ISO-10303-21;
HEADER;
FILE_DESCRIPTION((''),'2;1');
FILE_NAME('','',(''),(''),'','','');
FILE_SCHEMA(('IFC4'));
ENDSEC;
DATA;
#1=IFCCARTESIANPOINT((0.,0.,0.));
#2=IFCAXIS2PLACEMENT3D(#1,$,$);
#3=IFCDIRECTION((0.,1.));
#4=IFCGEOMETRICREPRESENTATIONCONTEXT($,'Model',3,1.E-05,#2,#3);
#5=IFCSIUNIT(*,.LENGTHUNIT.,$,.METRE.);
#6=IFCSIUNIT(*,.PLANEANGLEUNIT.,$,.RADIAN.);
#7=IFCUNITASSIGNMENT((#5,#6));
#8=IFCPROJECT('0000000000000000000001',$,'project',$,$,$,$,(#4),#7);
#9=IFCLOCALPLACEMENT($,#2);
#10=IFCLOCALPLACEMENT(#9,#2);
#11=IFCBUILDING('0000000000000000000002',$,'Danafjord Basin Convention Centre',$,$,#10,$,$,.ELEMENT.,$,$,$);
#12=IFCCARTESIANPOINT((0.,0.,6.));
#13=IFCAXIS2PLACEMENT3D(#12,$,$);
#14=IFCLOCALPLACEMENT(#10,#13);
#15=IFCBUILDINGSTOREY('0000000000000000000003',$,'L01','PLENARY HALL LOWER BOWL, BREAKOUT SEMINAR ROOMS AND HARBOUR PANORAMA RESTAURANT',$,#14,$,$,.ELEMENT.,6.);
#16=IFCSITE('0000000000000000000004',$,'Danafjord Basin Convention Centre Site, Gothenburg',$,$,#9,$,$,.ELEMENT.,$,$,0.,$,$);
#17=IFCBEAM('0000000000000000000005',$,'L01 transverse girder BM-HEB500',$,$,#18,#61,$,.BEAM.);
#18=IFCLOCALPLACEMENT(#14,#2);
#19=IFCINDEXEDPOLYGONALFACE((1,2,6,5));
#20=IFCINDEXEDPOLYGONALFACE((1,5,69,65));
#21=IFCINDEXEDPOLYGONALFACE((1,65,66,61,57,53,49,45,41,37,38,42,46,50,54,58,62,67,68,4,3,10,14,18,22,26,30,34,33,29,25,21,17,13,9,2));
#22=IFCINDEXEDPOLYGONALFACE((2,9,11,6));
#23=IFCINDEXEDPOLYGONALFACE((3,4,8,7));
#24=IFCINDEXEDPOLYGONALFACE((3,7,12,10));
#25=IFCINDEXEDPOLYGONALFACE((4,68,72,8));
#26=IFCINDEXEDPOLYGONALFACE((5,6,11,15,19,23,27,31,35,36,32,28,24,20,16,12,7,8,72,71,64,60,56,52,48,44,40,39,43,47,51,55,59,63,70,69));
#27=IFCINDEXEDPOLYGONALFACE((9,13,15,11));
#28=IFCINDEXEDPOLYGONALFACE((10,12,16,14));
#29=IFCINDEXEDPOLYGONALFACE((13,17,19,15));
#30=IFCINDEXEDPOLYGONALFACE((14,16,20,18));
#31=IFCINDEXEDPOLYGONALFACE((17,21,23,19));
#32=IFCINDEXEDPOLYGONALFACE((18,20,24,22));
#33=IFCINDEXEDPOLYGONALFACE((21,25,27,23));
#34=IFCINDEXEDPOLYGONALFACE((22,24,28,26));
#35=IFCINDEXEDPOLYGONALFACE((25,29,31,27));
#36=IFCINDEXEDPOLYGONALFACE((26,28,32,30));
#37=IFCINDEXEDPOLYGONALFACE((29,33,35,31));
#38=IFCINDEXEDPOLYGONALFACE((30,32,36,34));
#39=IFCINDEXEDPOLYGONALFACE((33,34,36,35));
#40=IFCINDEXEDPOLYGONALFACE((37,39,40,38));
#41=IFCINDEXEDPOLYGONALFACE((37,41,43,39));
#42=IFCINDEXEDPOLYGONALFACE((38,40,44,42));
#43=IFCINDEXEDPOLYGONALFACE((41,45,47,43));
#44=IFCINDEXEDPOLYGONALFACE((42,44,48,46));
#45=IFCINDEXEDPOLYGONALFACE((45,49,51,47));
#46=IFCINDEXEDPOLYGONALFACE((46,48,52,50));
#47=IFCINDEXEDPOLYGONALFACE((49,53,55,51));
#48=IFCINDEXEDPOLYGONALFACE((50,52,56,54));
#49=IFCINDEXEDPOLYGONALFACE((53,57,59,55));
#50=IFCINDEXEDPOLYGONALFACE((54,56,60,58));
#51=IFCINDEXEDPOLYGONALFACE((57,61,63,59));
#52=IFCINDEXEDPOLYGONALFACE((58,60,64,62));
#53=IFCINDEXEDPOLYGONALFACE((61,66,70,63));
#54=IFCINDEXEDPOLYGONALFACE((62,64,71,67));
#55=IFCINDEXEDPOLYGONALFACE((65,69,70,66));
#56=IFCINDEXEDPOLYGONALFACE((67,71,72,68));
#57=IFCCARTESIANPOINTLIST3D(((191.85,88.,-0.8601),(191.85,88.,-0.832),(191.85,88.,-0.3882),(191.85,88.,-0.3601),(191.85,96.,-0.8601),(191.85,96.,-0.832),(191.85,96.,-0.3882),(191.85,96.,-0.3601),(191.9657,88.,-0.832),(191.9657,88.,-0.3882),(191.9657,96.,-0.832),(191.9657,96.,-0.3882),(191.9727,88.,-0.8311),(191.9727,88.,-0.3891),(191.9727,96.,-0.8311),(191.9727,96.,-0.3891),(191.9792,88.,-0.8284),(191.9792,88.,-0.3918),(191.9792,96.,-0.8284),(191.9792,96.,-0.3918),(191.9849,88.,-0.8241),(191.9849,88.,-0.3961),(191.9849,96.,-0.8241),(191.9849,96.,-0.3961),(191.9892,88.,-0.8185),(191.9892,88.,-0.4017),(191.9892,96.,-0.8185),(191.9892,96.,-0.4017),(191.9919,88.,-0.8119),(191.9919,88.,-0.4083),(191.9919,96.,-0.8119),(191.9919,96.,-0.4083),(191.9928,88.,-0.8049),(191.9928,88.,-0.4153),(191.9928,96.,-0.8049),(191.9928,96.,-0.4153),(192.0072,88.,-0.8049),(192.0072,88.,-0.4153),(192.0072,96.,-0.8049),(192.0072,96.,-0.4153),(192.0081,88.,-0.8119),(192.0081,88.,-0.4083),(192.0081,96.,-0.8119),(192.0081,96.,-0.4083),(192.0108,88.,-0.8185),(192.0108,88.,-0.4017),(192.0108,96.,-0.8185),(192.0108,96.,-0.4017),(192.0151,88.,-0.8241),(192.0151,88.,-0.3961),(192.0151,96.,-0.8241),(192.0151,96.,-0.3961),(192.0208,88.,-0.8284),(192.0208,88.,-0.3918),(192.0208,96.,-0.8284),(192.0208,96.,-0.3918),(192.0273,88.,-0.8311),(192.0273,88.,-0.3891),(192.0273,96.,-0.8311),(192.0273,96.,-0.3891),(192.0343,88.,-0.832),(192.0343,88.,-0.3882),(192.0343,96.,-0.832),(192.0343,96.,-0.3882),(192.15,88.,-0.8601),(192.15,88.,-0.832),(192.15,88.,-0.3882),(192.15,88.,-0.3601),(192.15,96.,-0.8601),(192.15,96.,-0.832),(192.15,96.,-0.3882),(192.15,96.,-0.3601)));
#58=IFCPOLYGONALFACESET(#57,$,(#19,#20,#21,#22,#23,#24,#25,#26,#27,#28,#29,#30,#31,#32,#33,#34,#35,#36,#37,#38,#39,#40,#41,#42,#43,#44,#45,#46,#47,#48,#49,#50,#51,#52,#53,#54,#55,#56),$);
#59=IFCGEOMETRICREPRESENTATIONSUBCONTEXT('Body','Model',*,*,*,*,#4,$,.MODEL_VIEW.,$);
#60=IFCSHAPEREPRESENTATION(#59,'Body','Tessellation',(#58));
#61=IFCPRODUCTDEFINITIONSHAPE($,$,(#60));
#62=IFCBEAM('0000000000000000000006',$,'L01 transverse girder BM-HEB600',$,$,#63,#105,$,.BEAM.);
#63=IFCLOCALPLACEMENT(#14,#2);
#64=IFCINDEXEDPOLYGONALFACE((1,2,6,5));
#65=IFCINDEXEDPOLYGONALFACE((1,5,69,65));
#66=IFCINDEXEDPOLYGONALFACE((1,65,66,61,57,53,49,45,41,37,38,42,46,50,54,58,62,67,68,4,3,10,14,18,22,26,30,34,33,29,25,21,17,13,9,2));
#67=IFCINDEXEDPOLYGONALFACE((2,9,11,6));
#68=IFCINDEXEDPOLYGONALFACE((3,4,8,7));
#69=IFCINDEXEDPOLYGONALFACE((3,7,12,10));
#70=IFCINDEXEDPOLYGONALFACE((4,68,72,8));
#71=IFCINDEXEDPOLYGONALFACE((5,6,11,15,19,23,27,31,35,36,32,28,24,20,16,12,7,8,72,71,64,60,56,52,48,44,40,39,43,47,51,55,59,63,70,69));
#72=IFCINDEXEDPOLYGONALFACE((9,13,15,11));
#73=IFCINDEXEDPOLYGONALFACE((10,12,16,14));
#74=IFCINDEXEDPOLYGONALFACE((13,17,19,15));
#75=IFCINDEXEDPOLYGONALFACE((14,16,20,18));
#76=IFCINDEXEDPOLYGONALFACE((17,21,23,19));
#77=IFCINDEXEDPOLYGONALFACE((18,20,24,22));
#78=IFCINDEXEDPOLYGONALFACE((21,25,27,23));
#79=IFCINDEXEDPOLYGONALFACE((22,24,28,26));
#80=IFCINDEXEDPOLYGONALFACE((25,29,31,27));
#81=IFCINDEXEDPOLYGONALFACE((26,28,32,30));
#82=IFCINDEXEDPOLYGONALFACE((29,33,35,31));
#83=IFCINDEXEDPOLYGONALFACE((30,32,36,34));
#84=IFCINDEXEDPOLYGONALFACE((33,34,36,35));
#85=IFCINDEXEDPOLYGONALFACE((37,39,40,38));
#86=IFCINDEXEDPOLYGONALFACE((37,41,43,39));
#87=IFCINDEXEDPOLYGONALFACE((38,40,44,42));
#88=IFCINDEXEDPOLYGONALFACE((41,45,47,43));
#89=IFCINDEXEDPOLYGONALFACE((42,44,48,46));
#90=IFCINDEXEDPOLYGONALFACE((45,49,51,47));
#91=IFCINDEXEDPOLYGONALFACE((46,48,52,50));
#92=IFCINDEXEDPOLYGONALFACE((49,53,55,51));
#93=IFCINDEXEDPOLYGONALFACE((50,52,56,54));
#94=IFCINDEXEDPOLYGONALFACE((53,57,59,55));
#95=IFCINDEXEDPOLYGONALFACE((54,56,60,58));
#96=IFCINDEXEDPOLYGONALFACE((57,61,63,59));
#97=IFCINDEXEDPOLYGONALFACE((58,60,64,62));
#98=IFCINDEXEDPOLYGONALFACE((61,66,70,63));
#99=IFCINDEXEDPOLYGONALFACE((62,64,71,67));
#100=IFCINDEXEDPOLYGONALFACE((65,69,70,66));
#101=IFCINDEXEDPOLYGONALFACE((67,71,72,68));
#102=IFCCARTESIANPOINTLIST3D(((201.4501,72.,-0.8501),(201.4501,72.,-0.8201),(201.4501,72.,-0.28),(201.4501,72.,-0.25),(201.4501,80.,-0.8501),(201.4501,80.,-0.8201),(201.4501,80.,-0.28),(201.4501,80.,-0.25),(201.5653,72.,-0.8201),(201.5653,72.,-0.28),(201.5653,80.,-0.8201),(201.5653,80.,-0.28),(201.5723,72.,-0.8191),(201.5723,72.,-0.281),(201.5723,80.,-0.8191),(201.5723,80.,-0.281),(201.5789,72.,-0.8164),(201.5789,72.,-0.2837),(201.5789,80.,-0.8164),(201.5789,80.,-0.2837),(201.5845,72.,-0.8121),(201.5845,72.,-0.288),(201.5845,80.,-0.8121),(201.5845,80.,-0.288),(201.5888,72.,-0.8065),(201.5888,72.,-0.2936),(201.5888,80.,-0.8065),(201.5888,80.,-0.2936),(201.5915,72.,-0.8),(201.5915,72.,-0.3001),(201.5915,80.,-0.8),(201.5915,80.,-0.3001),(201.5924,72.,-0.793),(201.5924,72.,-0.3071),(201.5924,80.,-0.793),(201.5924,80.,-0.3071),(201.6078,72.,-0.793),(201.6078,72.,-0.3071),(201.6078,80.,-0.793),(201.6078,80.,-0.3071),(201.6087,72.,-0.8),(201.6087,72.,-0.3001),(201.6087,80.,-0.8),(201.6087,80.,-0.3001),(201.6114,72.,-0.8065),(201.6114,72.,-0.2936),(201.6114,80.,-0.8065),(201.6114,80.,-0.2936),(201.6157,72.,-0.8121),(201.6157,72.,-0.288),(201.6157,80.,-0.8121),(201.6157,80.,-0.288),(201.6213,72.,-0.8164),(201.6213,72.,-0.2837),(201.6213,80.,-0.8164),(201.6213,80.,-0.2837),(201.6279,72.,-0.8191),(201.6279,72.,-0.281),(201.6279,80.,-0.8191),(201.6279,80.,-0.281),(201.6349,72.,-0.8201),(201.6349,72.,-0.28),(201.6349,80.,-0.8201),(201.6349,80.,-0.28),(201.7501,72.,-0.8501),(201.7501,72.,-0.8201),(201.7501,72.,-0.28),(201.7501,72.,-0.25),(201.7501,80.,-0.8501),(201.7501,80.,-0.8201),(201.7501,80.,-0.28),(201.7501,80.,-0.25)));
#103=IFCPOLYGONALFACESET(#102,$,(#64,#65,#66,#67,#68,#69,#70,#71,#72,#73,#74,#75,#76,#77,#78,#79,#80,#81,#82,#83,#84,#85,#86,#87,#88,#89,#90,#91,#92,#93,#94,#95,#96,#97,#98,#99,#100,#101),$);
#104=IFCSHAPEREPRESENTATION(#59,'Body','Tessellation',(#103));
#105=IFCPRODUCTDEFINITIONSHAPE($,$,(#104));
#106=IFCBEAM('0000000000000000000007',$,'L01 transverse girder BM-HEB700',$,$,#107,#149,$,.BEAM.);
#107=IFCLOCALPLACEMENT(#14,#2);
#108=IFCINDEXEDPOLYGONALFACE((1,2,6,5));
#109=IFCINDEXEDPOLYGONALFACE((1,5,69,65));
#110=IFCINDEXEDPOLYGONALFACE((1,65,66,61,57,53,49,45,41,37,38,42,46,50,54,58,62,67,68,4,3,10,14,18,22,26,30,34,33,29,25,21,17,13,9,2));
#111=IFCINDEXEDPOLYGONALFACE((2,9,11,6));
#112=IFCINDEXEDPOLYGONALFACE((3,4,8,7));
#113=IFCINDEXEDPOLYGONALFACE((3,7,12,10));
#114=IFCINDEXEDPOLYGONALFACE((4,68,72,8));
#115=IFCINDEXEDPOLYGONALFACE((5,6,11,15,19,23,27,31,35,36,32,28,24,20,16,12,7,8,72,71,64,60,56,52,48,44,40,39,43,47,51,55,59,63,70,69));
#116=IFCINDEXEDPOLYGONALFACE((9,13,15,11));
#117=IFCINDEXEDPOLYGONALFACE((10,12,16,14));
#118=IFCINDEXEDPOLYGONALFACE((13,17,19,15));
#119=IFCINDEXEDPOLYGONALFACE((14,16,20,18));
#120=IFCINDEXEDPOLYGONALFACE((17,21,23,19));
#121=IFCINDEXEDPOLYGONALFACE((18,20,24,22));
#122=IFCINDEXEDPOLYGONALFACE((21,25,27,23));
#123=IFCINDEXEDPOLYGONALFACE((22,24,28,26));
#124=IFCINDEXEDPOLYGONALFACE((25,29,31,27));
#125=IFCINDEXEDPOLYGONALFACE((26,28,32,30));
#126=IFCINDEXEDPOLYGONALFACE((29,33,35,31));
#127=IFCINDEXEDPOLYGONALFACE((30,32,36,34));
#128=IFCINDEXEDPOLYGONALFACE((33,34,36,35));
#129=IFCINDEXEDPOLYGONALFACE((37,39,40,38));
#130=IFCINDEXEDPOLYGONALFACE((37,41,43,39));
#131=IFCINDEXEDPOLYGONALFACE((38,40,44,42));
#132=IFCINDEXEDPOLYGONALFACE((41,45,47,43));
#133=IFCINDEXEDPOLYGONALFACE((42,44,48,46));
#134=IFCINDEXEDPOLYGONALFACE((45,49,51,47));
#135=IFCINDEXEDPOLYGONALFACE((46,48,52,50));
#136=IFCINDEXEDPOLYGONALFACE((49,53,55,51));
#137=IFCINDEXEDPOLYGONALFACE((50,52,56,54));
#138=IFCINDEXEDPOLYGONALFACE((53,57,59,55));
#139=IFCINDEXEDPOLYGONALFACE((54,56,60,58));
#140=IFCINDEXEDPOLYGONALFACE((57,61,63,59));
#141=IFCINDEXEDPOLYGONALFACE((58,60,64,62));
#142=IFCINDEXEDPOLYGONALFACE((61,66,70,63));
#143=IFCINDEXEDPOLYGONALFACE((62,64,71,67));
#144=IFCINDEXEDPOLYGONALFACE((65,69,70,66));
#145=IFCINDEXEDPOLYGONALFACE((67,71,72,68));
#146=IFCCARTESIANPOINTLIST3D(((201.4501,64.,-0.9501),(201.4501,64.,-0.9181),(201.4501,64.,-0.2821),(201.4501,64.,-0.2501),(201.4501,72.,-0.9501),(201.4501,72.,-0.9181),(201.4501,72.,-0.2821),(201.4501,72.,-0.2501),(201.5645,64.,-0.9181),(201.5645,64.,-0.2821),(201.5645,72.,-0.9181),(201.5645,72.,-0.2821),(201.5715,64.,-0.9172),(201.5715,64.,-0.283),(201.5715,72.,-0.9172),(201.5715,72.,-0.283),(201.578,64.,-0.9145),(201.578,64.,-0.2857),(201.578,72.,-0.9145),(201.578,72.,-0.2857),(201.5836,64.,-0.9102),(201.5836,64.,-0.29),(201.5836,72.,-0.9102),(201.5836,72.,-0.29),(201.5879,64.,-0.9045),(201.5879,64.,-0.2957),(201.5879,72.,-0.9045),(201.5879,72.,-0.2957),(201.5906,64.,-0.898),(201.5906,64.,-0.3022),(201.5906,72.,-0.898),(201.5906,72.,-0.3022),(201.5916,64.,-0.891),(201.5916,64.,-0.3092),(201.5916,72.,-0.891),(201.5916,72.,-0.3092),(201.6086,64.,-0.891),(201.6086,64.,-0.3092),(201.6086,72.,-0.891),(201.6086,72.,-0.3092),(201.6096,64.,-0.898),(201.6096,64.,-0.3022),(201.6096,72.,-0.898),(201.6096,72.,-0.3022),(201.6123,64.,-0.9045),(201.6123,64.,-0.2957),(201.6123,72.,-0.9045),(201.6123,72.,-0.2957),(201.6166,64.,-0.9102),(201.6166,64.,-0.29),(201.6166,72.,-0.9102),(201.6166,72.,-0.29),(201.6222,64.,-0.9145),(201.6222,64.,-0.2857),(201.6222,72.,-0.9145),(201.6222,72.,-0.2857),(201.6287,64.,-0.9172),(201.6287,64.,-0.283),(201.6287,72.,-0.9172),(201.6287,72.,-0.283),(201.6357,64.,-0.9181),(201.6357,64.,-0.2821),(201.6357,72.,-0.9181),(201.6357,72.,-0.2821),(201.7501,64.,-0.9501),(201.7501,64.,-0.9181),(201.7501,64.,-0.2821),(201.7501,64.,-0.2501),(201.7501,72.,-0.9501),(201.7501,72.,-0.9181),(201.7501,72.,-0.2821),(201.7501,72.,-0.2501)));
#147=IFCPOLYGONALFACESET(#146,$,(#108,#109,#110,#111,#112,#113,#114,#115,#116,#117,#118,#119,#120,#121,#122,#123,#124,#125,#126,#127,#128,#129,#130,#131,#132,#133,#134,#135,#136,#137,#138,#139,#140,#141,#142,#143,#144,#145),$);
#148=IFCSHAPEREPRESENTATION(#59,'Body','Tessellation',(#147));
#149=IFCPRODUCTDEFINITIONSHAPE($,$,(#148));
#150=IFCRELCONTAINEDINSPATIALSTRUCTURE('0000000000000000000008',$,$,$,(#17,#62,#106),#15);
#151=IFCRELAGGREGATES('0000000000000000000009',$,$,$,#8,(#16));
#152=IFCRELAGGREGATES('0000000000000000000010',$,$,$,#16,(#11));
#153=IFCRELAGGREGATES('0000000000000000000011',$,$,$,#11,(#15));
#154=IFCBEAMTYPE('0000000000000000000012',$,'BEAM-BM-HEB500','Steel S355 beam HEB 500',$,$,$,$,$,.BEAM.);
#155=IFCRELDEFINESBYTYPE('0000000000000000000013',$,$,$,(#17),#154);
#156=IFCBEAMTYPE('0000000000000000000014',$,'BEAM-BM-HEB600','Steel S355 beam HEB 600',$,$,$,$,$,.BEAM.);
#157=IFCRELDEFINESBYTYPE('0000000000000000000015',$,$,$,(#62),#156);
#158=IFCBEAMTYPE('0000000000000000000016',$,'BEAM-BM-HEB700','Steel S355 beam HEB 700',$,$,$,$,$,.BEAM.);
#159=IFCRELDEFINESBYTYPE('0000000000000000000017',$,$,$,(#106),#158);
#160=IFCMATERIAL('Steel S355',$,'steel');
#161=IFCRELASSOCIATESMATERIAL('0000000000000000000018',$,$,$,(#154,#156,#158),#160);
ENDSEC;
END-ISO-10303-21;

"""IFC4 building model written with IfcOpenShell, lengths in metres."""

from ifc_helpers import new_model, si_unit, direction, frame, origin, origin_2d, place, context, subcontext, project, spatial, i_section, extrude, material, material_profile, profile_set, type_object, element, save


model = new_model("IFC4")

# Units and contexts
model_context = context("Model", 3, precision=1e-05, world=origin(), true_north=direction((0.0, 1.0)))
body_context = subcontext(model_context, "Body", "Model", "MODEL_VIEW")
ifc_project = project(units=[si_unit("LENGTHUNIT", "METRE"), si_unit("PLANEANGLEUNIT", "RADIAN")], contexts=[model_context])

# Site, building, storey
site_placement = place(None, origin())
site = spatial("IfcSite", under=ifc_project, at=site_placement, Name="Danafjord Basin Convention Centre Site, Gothenburg", CompositionType="ELEMENT", RefElevation=0.0)
building_placement = place(site_placement, origin())
building = spatial("IfcBuilding", under=site, at=building_placement, Name="Danafjord Basin Convention Centre", CompositionType="ELEMENT")
storey_placement = place(building_placement, frame((0.0, 0.0, 6.0)))
storey = spatial("IfcBuildingStorey", under=building, at=storey_placement, Name="L01", Description="PLENARY HALL LOWER BOWL, BREAKOUT SEMINAR ROOMS AND HARBOUR PANORAMA RESTAURANT", CompositionType="ELEMENT", Elevation=6.0)

# Shared definitions
ifc_material_1 = material(Name="Steel S355", Category="steel")

# Beams
ifc_material_profile_1 = material_profile(ifc_material_1, i_section(OverallWidth=0.3, OverallDepth=0.5, WebThickness=0.0144, FlangeThickness=0.0281, FilletRadius=0.0271, at=origin_2d()), Name="HEB 500")
ifc_profile_set_1 = profile_set([ifc_material_profile_1], Name="Steel S355")
beam_type_1 = type_object("IfcBeamType", Name="BEAM-BM-HEB500", Description="Steel S355 beam HEB 500", PredefinedType="BEAM", material=ifc_profile_set_1)
beam_1_placement = place(storey_placement, frame((192.0, 88.0, -0.6101), z_axis=(0.0, 1.0, 0.0), x_axis=(-1.0, 0.0, 0.0)))
element("IfcBeam", 1, at=beam_1_placement, inside=storey, type_object=beam_type_1, Name="L01 transverse girder BM-HEB500", PredefinedType="BEAM", context=body_context, shape_type="SweptSolid", body=[
    extrude(i_section(OverallWidth=0.3, OverallDepth=0.5, WebThickness=0.0144, FlangeThickness=0.0281, FilletRadius=0.0271, at=origin_2d()), origin(), (0.0, 0.0, 1.0), 8.0),
])
ifc_material_profile_2 = material_profile(ifc_material_1, i_section(OverallWidth=0.3, OverallDepth=0.6001, WebThickness=0.0154, FlangeThickness=0.03, FilletRadius=0.0271, at=origin_2d()), Name="HEB 600")
ifc_profile_set_2 = profile_set([ifc_material_profile_2], Name="Steel S355")
beam_type_2 = type_object("IfcBeamType", Name="BEAM-BM-HEB600", Description="Steel S355 beam HEB 600", PredefinedType="BEAM", material=ifc_profile_set_2)
beam_2_placement = place(storey_placement, frame((201.6001, 72.0, -0.55), z_axis=(0.0, 1.0, 0.0), x_axis=(-1.0, 0.0, 0.0)))
element("IfcBeam", 2, at=beam_2_placement, inside=storey, type_object=beam_type_2, Name="L01 transverse girder BM-HEB600", PredefinedType="BEAM", context=body_context, shape_type="SweptSolid", body=[
    extrude(i_section(OverallWidth=0.3, OverallDepth=0.6001, WebThickness=0.0154, FlangeThickness=0.03, FilletRadius=0.0271, at=origin_2d()), origin(), (0.0, 0.0, 1.0), 8.0),
])
ifc_material_profile_3 = material_profile(ifc_material_1, i_section(OverallWidth=0.3, OverallDepth=0.7, WebThickness=0.0171, FlangeThickness=0.032, FilletRadius=0.0271, at=origin_2d()), Name="HEB 700")
ifc_profile_set_3 = profile_set([ifc_material_profile_3], Name="Steel S355")
beam_type_3 = type_object("IfcBeamType", Name="BEAM-BM-HEB700", Description="Steel S355 beam HEB 700", PredefinedType="BEAM", material=ifc_profile_set_3)
beam_3_placement = place(storey_placement, frame((201.6001, 64.0, -0.6001), z_axis=(0.0, 1.0, 0.0), x_axis=(-1.0, 0.0, 0.0)))
element("IfcBeam", 3, at=beam_3_placement, inside=storey, type_object=beam_type_3, Name="L01 transverse girder BM-HEB700", PredefinedType="BEAM", context=body_context, shape_type="SweptSolid", body=[
    extrude(i_section(OverallWidth=0.3, OverallDepth=0.7, WebThickness=0.0171, FlangeThickness=0.032, FilletRadius=0.0271, at=origin_2d()), origin(), (0.0, 0.0, 1.0), 8.0),
])

save(model, "model.ifc")
